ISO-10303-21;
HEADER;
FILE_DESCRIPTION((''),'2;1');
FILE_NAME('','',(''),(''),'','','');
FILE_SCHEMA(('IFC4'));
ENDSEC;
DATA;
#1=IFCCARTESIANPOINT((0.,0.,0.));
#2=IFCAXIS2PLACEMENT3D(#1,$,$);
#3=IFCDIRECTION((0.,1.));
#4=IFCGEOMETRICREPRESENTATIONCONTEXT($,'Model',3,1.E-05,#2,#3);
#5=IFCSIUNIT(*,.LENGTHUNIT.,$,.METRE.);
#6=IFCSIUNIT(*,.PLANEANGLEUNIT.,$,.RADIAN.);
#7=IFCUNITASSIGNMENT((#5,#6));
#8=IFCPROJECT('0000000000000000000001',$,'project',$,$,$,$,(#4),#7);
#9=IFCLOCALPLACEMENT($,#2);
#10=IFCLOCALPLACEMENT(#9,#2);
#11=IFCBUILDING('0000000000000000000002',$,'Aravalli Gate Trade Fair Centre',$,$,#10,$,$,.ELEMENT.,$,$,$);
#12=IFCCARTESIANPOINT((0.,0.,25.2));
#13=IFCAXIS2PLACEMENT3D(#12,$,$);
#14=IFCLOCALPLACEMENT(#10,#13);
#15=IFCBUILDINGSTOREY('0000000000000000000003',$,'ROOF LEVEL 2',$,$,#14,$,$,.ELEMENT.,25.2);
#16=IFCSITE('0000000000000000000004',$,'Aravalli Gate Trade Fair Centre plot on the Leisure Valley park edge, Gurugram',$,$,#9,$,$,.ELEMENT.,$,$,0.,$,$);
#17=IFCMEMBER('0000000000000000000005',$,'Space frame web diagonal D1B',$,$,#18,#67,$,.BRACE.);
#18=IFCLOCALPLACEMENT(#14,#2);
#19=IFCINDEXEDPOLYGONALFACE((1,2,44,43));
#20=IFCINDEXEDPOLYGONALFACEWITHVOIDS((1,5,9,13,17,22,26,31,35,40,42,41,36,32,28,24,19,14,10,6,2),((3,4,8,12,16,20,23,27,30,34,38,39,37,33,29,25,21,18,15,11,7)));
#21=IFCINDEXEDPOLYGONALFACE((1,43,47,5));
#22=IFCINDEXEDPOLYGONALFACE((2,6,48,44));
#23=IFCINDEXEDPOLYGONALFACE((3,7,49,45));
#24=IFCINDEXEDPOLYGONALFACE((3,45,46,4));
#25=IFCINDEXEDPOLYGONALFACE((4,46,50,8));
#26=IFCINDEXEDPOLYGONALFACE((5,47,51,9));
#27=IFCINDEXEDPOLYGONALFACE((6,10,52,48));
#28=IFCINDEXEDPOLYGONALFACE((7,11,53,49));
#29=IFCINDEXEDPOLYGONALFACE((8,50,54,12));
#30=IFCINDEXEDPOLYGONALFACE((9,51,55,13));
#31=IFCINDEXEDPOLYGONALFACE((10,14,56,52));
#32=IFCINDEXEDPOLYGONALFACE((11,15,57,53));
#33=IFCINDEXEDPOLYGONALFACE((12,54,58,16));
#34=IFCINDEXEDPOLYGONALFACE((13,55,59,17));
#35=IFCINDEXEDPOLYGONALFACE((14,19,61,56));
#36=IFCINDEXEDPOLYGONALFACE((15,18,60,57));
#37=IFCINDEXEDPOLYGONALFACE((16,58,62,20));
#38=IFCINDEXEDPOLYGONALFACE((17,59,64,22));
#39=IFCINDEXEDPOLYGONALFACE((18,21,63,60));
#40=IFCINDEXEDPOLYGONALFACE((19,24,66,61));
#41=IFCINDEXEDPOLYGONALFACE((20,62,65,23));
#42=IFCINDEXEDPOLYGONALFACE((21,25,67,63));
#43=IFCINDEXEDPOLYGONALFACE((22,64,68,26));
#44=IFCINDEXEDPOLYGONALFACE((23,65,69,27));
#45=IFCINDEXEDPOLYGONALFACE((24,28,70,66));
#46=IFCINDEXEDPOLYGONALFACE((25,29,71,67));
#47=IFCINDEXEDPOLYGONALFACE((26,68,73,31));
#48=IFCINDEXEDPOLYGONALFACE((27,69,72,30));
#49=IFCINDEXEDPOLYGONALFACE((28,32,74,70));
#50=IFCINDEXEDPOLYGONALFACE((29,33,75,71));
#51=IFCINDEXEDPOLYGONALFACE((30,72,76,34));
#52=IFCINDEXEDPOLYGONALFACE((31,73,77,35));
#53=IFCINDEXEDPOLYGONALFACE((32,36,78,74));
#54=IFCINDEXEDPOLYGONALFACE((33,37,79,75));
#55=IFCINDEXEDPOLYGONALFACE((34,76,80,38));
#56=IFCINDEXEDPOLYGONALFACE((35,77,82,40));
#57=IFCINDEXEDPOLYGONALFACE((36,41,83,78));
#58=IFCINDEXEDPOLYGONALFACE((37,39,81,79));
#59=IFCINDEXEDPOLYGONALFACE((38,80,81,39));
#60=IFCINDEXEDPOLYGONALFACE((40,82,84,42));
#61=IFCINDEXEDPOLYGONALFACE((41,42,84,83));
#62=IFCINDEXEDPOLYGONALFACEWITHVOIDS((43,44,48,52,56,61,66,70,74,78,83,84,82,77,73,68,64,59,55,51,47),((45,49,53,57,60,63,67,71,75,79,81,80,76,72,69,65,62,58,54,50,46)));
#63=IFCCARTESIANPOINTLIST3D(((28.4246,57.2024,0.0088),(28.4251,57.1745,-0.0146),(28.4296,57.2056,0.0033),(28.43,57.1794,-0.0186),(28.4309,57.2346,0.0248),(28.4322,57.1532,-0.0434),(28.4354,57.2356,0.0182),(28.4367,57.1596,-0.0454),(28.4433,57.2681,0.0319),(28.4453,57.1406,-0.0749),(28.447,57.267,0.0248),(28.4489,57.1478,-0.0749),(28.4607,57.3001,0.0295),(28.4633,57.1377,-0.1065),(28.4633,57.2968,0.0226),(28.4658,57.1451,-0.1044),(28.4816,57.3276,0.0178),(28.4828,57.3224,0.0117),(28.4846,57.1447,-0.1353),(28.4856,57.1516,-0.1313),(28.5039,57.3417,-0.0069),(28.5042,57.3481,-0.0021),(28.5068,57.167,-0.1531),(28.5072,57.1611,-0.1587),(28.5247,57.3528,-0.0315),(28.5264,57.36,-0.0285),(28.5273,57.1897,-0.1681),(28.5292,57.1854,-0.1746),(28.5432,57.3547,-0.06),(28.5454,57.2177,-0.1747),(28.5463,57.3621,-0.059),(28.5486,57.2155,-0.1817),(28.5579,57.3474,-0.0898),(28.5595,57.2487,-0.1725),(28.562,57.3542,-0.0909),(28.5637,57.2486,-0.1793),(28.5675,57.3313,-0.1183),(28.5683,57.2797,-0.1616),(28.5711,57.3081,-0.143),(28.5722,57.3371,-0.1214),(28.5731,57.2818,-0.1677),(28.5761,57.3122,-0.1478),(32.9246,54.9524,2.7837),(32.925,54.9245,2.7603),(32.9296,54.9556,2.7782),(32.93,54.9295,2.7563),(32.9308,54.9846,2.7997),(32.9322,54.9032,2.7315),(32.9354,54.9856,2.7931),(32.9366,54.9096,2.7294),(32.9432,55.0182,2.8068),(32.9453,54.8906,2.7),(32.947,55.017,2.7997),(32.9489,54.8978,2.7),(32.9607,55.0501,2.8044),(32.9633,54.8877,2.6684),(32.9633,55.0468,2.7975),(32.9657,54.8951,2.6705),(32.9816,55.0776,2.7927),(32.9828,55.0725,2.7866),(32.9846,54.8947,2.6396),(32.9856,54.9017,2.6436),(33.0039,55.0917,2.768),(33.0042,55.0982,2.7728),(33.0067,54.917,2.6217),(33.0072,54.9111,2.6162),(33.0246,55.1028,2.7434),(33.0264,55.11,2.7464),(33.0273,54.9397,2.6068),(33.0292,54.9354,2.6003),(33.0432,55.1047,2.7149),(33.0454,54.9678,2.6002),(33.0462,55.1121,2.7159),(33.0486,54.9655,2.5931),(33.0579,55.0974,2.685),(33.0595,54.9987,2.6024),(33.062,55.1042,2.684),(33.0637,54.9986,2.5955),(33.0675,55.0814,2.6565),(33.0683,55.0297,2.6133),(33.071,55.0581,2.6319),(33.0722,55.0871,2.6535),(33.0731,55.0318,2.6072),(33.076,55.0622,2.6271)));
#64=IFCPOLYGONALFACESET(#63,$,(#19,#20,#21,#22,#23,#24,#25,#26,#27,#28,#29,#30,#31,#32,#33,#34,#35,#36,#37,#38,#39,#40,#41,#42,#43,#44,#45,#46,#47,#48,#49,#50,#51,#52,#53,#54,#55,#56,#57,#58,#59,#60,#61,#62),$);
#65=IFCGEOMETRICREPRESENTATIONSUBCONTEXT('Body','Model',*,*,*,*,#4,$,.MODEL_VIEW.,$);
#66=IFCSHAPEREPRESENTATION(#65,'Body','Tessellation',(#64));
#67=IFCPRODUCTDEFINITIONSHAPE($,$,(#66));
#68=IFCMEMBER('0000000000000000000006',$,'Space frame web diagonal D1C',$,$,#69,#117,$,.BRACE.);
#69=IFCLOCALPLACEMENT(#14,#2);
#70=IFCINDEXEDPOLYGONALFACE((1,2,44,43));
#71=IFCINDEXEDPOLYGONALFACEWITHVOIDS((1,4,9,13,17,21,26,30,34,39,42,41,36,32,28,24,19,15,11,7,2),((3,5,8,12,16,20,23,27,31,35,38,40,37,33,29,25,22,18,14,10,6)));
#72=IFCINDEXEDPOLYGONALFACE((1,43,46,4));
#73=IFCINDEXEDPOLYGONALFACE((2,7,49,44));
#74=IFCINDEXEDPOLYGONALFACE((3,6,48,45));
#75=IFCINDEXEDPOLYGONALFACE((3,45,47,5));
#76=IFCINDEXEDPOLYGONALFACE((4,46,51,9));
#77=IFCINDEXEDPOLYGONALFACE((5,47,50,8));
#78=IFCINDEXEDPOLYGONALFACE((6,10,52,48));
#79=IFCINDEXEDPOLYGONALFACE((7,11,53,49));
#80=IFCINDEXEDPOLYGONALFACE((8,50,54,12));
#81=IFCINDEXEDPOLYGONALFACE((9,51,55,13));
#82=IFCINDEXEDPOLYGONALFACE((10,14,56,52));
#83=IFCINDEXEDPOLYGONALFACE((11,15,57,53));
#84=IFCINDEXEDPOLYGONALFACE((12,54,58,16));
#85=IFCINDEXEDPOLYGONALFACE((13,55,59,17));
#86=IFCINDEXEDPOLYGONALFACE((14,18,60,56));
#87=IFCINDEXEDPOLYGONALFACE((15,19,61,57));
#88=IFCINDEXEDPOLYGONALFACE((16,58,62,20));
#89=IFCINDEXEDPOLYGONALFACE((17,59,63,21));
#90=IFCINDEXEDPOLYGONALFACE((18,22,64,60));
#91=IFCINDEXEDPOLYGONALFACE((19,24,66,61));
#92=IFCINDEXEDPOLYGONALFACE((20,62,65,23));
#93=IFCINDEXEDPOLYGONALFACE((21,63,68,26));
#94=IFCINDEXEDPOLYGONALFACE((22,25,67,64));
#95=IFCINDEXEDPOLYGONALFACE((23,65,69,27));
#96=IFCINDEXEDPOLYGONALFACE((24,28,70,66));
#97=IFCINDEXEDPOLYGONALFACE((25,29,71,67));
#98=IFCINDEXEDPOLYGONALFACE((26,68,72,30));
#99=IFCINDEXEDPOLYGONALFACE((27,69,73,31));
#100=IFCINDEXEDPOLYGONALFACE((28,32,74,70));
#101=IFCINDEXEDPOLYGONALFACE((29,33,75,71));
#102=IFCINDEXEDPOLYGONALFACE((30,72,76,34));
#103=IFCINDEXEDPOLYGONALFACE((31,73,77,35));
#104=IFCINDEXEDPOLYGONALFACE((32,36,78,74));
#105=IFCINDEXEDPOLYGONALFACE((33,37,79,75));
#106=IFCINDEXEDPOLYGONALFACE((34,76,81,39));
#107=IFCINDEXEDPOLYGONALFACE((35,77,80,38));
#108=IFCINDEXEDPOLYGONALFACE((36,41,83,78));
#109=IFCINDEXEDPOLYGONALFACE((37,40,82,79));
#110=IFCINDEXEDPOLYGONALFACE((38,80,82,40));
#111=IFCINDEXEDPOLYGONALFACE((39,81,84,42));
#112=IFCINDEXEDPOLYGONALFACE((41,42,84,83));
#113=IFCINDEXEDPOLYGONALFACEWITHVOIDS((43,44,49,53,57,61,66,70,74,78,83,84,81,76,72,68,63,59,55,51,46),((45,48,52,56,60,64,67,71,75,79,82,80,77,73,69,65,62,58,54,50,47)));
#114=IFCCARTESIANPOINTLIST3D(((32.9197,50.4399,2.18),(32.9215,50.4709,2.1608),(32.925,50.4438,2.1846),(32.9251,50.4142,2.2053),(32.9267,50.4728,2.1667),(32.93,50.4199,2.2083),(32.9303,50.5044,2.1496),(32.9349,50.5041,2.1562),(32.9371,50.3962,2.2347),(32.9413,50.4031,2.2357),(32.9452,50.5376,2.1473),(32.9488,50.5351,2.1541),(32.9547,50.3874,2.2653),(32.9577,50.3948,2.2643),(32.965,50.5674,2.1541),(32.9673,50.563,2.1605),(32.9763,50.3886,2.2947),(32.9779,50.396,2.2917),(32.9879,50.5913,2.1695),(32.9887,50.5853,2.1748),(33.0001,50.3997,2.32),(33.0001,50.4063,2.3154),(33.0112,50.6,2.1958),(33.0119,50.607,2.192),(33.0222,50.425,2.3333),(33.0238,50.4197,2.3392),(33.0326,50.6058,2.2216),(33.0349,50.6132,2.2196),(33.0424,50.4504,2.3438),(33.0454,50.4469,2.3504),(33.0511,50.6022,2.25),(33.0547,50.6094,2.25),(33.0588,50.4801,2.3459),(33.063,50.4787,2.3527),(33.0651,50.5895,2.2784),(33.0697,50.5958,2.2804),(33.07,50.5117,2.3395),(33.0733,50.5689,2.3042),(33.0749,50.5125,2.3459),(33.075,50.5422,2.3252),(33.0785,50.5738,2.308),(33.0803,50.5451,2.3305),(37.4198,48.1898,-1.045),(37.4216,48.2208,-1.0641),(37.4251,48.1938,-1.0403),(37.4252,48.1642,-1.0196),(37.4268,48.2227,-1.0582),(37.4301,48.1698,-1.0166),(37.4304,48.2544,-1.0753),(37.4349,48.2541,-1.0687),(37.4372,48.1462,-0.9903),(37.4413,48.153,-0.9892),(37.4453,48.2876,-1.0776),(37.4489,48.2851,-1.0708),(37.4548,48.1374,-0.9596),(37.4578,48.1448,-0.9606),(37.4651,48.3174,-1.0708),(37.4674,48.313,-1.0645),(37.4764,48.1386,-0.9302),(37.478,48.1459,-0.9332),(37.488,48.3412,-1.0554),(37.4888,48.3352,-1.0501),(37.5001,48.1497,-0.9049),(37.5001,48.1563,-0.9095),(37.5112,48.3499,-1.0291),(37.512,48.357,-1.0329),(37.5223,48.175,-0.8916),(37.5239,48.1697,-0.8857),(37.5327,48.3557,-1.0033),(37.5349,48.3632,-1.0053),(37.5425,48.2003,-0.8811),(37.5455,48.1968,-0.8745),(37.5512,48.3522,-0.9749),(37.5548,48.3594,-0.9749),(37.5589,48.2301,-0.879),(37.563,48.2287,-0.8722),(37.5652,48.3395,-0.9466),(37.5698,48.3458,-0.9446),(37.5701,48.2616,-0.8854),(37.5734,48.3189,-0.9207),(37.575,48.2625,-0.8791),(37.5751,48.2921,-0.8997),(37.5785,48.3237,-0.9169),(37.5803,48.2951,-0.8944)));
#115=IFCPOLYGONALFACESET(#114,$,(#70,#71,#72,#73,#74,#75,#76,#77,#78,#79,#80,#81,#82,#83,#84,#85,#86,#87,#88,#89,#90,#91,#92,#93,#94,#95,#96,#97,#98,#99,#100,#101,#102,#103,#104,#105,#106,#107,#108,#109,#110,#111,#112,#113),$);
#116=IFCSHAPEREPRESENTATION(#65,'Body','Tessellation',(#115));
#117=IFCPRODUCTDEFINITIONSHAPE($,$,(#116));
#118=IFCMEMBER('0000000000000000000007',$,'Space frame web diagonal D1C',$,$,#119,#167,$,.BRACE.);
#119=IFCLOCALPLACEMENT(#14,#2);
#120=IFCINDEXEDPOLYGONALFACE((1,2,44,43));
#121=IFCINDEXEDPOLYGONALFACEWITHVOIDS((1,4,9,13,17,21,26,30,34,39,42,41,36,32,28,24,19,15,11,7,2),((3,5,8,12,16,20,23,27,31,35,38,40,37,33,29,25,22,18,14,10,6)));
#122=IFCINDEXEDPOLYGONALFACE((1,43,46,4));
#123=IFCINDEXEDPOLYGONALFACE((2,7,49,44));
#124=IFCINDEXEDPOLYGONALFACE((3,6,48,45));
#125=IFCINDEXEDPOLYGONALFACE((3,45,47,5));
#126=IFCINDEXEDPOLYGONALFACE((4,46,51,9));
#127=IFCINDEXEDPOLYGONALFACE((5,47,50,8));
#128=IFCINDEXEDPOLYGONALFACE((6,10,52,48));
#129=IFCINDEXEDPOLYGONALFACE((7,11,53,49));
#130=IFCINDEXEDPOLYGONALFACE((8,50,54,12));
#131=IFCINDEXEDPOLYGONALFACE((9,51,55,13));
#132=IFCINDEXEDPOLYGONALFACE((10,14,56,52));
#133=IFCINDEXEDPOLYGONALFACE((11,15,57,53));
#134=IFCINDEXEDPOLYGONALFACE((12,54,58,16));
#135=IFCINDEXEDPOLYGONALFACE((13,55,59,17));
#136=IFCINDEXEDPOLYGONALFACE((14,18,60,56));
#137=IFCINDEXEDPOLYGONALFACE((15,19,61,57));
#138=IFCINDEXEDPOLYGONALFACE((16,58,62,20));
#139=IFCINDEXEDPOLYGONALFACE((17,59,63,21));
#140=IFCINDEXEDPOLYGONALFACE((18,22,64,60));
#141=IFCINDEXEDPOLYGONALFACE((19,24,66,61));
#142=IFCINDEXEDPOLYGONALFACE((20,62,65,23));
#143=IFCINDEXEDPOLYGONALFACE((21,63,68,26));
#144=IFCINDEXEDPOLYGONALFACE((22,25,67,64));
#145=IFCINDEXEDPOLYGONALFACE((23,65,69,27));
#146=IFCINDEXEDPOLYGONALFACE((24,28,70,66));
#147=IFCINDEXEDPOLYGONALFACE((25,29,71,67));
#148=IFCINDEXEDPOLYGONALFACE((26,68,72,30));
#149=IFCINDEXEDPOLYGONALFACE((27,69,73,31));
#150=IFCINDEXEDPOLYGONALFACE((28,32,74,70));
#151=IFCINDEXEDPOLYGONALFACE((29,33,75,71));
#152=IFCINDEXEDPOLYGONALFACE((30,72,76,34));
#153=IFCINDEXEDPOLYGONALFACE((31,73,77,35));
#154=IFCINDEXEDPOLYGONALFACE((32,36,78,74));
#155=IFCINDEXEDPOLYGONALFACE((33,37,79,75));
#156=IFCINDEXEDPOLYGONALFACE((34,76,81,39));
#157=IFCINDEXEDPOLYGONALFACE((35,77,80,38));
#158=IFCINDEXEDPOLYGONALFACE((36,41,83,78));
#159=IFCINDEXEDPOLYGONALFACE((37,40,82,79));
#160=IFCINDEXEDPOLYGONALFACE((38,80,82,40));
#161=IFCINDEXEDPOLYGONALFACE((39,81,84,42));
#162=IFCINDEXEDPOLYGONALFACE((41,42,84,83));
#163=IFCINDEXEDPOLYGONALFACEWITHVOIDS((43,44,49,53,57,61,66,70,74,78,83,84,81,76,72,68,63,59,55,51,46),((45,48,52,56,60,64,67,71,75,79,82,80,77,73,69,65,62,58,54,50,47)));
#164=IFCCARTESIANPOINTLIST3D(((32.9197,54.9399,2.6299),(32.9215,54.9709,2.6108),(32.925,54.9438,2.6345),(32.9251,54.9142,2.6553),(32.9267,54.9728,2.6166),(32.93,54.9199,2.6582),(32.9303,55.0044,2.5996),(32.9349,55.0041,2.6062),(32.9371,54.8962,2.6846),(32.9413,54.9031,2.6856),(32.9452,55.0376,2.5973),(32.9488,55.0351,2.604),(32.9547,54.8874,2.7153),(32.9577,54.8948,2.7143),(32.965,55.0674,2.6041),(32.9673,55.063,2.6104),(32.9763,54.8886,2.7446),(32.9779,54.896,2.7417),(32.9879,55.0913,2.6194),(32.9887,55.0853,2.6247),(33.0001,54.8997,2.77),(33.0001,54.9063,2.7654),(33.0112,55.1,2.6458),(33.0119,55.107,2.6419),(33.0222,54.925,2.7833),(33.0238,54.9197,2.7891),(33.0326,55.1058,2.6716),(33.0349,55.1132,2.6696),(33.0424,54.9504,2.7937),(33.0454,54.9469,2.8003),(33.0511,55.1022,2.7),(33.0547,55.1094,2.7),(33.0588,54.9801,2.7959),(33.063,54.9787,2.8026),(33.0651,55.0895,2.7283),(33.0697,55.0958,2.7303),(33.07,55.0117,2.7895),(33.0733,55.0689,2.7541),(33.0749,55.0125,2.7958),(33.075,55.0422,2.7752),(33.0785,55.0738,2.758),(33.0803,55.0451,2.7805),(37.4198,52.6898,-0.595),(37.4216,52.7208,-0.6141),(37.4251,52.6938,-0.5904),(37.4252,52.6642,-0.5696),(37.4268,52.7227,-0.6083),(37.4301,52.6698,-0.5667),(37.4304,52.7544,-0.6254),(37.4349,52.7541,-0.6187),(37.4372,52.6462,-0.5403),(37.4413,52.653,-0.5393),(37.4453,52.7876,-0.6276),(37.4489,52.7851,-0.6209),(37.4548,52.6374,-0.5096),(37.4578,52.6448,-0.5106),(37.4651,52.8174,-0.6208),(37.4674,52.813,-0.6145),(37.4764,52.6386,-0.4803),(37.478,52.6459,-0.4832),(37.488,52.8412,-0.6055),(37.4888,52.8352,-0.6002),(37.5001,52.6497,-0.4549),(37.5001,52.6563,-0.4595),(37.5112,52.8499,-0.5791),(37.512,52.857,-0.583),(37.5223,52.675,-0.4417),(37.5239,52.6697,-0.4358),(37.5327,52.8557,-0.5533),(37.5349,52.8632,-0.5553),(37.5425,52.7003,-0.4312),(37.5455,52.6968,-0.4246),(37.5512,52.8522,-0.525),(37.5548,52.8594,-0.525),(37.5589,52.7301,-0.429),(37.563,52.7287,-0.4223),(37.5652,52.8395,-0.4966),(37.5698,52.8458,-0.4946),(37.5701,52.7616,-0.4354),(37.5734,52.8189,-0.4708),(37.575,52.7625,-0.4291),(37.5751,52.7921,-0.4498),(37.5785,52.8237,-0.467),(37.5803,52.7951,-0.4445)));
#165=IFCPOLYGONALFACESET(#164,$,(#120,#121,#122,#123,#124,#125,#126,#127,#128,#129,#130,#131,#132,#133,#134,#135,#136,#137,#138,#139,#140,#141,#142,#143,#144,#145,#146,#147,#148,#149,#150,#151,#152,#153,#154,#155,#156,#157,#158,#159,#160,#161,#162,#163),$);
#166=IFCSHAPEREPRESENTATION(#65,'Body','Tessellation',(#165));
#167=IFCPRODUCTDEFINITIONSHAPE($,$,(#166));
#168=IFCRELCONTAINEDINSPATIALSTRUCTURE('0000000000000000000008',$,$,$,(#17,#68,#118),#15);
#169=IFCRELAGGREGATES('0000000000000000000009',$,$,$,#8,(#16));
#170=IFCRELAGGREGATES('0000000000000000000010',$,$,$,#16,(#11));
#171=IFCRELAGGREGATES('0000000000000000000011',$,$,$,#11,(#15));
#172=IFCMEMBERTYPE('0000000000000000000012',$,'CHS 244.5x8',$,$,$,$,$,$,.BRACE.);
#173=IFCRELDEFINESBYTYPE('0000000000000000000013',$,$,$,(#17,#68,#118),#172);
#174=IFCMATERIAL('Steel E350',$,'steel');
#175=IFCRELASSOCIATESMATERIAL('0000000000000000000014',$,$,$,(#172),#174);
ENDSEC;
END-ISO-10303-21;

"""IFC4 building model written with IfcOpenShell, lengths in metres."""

from ifc_helpers import new_model, si_unit, direction, frame, origin, origin_2d, place, context, subcontext, project, spatial, hollow_circle, extrude, material, material_profile, profile_set, type_object, element, save


model = new_model("IFC4")

# Units and contexts
model_context = context("Model", 3, precision=1e-05, world=origin(), true_north=direction((0.0, 1.0)))
body_context = subcontext(model_context, "Body", "Model", "MODEL_VIEW")
ifc_project = project(units=[si_unit("LENGTHUNIT", "METRE"), si_unit("PLANEANGLEUNIT", "RADIAN")], contexts=[model_context])

# Site, building, storey
site_placement = place(None, origin())
site = spatial("IfcSite", under=ifc_project, at=site_placement, Name="Aravalli Gate Trade Fair Centre plot on the Leisure Valley park edge, Gurugram", CompositionType="ELEMENT", RefElevation=0.0)
building_placement = place(site_placement, origin())
building = spatial("IfcBuilding", under=site, at=building_placement, Name="Aravalli Gate Trade Fair Centre", CompositionType="ELEMENT")
storey_placement = place(building_placement, frame((0.0, 0.0, 25.2)))
storey = spatial("IfcBuildingStorey", under=building, at=storey_placement, Name="ROOF LEVEL 2", CompositionType="ELEMENT", Elevation=25.2)

# Members
ifc_material = material(Name="Steel E350", Category="steel")
ifc_material_profile_1 = material_profile(ifc_material, hollow_circle(Radius=0.1223, WallThickness=0.0081, at=origin_2d()), Name="CHS 244.5x8")
ifc_profile_set_1 = profile_set([ifc_material_profile_1], Name="Steel E350")
member_type_1 = type_object("IfcMemberType", Name="CHS 244.5x8", PredefinedType="BRACE", material=ifc_profile_set_1)
for number, where, z_axis, x_axis, name in (
    (1, (33.0, 55.0, 2.7), (-0.7832, 0.3916, -0.482956), (-0.447214, -0.894427, 0.0), "Space frame web diagonal D1B"),
):
    element("IfcMember", number, at=place(storey_placement, frame(where, z_axis=z_axis, x_axis=x_axis)), inside=storey, type_object=member_type_1, Name=name, PredefinedType="BRACE", context=body_context, shape_type="SweptSolid", body=[
        extrude(hollow_circle(Radius=0.1223, WallThickness=0.0081, at=origin_2d()), origin(), (0.0, 0.0, 1.0), 5.7456),
    ])
for number, where, z_axis, x_axis, name in (
    (2, (33.0, 50.5, 2.25), (0.753016, -0.376508, -0.539637), (0.447214, 0.894427, 0.0), "Space frame web diagonal D1C"),
    (3, (33.0, 55.0, 2.7), (0.753016, -0.376508, -0.539637), (0.447214, 0.894427, 0.0), "Space frame web diagonal D1C"),
):
    element("IfcMember", number, at=place(storey_placement, frame(where, z_axis=z_axis, x_axis=x_axis)), inside=storey, type_object=member_type_1, Name=name, PredefinedType="BRACE", context=body_context, shape_type="SweptSolid", body=[
        extrude(hollow_circle(Radius=0.1223, WallThickness=0.0081, at=origin_2d()), origin(), (0.0, 0.0, 1.0), 5.9761),
    ])

save(model, "model.ifc")
